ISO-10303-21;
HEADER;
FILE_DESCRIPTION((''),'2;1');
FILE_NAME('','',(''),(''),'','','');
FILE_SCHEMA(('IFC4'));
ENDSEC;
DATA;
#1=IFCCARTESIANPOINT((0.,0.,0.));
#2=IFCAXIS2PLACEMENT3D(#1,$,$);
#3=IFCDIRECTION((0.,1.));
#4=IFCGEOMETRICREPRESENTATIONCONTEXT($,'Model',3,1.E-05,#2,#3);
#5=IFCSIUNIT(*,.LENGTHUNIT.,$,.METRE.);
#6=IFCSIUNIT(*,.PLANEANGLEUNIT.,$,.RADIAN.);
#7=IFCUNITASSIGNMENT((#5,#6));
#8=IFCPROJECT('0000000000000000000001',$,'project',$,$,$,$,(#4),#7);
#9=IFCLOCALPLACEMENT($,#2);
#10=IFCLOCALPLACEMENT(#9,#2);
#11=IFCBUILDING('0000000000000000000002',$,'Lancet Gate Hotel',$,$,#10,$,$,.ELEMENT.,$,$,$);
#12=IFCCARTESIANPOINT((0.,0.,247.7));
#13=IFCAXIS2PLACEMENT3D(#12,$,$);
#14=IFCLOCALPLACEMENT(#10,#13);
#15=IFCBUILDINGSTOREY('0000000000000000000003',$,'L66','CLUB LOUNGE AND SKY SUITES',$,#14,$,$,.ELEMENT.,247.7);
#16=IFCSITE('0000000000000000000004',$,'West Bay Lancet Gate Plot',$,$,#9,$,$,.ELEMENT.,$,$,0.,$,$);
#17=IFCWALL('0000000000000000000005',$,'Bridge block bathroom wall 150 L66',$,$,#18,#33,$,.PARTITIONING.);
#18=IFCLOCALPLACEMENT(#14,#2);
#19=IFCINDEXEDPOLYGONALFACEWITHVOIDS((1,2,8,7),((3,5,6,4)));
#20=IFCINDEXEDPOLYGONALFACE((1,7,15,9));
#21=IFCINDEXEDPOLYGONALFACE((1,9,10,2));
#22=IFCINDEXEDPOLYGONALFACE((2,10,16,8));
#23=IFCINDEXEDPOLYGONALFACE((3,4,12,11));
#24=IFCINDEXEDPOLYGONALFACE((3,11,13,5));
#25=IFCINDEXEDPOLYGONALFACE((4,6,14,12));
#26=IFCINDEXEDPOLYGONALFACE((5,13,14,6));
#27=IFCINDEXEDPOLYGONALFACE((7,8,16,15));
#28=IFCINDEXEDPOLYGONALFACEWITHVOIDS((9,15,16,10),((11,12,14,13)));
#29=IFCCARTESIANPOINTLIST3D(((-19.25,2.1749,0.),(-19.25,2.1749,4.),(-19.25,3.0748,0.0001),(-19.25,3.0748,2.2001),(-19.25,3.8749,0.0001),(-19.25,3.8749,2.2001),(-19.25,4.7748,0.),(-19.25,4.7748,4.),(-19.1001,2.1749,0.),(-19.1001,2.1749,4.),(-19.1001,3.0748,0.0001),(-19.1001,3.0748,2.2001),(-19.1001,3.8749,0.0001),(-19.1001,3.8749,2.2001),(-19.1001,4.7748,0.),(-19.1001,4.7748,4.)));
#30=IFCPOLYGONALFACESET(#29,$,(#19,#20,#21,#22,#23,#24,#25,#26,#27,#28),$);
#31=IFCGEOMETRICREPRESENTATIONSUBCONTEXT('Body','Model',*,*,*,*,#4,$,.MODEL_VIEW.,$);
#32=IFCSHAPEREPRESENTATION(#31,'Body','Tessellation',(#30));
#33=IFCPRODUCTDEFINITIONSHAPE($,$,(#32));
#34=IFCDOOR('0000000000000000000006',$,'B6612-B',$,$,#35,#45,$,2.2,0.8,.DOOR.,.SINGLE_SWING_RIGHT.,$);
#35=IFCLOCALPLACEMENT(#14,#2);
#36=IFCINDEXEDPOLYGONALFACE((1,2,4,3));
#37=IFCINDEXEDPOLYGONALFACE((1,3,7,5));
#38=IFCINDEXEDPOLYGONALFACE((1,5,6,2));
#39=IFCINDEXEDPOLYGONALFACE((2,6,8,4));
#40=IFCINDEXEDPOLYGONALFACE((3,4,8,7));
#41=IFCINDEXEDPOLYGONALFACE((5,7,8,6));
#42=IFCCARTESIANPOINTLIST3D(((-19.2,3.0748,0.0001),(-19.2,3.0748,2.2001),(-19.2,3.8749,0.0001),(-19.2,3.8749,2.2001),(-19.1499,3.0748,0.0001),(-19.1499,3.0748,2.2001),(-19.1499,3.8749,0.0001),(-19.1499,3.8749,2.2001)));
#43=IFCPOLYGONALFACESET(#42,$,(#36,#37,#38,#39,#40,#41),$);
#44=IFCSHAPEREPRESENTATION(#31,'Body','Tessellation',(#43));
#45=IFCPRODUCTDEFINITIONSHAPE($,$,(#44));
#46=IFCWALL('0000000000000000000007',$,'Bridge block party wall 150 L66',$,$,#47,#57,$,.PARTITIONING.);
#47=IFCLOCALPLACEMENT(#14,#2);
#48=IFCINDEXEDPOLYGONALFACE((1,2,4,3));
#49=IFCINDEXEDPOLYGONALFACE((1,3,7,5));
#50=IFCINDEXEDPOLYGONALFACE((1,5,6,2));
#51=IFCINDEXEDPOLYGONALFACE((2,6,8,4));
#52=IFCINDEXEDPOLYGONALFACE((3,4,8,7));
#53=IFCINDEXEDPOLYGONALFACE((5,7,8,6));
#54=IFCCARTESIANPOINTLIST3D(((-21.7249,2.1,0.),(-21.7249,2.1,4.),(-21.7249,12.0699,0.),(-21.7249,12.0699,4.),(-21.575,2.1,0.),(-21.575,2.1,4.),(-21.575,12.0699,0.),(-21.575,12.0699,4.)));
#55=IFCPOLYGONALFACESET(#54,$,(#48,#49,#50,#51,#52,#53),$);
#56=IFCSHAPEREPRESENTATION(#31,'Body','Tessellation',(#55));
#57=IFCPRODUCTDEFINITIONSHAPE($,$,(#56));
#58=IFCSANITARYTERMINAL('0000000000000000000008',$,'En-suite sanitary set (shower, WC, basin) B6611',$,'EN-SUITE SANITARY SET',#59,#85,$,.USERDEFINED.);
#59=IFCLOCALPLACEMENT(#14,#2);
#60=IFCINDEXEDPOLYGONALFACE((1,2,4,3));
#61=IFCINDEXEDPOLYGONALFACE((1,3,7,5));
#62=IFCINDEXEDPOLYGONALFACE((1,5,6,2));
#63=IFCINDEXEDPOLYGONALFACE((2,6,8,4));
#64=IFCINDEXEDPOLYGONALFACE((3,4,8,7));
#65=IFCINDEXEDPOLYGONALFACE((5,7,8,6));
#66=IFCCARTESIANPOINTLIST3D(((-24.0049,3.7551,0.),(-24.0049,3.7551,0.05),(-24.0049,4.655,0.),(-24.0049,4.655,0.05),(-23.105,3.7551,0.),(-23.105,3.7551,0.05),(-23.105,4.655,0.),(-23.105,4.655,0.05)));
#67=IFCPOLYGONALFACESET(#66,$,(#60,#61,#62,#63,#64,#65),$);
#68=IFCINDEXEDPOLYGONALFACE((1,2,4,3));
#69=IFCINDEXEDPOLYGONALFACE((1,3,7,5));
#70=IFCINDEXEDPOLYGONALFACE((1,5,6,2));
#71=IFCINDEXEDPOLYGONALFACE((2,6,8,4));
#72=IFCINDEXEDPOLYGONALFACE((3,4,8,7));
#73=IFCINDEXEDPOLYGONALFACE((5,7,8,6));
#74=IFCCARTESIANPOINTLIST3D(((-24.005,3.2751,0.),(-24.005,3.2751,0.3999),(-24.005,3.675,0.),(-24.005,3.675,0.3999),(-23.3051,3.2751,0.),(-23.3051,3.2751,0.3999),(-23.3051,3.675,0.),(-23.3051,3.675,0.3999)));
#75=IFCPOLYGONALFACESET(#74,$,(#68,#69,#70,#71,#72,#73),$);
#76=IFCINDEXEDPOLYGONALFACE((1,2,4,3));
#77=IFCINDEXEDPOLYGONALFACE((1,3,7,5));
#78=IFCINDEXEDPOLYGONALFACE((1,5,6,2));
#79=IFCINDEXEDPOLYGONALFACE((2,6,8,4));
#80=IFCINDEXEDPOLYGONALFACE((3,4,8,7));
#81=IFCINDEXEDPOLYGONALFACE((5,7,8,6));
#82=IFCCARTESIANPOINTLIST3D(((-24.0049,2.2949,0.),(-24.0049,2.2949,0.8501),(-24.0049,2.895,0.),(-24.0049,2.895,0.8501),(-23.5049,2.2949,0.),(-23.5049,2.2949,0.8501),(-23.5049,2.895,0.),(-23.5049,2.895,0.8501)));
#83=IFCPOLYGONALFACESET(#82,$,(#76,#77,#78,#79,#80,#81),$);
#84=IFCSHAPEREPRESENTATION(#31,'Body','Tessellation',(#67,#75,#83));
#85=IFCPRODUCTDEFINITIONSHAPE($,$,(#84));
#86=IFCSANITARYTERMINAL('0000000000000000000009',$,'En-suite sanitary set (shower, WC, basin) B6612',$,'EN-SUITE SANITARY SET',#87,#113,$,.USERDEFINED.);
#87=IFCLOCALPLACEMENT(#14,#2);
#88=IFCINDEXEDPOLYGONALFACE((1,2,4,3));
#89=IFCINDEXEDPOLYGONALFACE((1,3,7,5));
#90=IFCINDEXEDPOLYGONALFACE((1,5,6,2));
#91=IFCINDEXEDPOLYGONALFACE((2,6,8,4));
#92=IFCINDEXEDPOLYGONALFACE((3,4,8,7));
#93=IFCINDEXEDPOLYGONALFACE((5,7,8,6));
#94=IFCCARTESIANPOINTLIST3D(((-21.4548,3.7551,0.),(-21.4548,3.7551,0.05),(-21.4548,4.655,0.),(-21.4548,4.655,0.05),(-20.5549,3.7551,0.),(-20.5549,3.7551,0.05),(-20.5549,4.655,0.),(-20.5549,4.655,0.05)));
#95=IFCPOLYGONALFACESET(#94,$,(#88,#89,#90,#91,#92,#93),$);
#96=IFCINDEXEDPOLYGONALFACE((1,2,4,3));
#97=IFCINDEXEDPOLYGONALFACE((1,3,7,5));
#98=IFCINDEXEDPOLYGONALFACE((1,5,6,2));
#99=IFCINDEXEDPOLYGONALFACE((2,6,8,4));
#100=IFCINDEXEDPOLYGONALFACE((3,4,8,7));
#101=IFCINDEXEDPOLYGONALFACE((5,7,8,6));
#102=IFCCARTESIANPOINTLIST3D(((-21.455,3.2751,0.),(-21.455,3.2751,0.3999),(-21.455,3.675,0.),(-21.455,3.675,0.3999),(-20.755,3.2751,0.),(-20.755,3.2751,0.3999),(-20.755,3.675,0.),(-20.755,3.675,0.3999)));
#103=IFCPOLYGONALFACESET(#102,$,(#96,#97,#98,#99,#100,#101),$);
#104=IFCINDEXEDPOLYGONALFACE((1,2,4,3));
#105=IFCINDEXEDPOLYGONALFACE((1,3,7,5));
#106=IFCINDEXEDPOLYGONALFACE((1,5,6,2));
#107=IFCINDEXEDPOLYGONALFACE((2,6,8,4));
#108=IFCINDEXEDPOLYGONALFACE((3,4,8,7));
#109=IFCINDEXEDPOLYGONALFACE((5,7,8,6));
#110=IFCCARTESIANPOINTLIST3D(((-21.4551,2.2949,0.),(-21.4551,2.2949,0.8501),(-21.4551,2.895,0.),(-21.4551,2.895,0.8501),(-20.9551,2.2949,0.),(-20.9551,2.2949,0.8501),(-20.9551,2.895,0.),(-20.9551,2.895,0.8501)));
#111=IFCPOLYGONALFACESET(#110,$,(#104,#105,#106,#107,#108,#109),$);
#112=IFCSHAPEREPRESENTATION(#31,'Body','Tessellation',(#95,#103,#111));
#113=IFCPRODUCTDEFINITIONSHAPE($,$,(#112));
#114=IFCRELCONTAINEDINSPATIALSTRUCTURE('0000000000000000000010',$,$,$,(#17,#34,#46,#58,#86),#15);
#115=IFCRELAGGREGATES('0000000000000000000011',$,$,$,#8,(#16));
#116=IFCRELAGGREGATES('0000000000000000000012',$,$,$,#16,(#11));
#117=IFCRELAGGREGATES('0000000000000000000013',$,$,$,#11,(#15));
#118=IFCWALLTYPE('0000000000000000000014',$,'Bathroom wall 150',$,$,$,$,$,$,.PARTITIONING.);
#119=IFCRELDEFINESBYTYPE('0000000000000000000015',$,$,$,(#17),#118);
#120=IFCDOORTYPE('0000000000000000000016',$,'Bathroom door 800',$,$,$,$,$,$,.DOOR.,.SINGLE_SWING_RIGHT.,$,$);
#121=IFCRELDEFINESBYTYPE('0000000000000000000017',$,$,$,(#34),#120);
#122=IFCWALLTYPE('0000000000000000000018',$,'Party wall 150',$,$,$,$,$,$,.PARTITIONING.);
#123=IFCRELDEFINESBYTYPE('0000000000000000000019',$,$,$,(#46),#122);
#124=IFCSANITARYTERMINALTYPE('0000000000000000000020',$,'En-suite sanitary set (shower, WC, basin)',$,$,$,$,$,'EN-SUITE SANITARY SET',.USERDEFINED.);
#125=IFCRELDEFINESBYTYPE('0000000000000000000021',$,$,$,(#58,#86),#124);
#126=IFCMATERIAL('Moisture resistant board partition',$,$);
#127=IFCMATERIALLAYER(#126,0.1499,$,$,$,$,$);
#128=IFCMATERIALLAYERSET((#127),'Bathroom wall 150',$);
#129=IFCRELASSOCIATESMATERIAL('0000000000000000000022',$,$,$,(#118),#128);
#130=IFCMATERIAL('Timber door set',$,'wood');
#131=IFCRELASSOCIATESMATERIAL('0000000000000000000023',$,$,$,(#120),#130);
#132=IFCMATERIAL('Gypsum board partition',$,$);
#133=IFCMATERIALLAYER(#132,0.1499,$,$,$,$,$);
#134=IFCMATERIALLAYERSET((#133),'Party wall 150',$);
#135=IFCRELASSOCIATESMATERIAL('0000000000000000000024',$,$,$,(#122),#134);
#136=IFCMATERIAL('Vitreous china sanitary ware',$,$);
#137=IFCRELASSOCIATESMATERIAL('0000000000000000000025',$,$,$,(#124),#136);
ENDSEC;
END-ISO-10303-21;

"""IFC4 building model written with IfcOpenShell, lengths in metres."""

from ifc_helpers import new_model, si_unit, direction, frame, frame_2d, origin, origin_2d, place, context, subcontext, project, spatial, rectangle, extrude, material, layer, layer_set, type_object, element, fill, save


model = new_model("IFC4")

# Units and contexts
model_context = context("Model", 3, precision=1e-05, world=origin(), true_north=direction((0.0, 1.0)))
body_context = subcontext(model_context, "Body", "Model", "MODEL_VIEW")
ifc_project = project(units=[si_unit("LENGTHUNIT", "METRE"), si_unit("PLANEANGLEUNIT", "RADIAN")], contexts=[model_context])

# Site, building, storey
site_placement = place(None, origin())
site = spatial("IfcSite", under=ifc_project, at=site_placement, Name="West Bay Lancet Gate Plot", CompositionType="ELEMENT", RefElevation=0.0)
building_placement = place(site_placement, origin())
building = spatial("IfcBuilding", under=site, at=building_placement, Name="Lancet Gate Hotel", CompositionType="ELEMENT")
storey_placement = place(building_placement, frame((0.0, 0.0, 247.7)))
storey = spatial("IfcBuildingStorey", under=building, at=storey_placement, Name="L66", Description="CLUB LOUNGE AND SKY SUITES", CompositionType="ELEMENT", Elevation=247.7)

# Shared definitions
ifc_material_1 = material(Name="Moisture resistant board partition")
ifc_layer_1 = layer(ifc_material_1, 0.1499)
ifc_layer_set_1 = layer_set([ifc_layer_1], Name="Bathroom wall 150")
wall_type_1 = type_object("IfcWallType", Name="Bathroom wall 150", PredefinedType="PARTITIONING", material=ifc_layer_set_1)

# Shared definitions
ifc_material_2 = material(Name="Timber door set", Category="wood")
door_type = type_object("IfcDoorType", Name="Bathroom door 800", OperationType="SINGLE_SWING_RIGHT", PredefinedType="DOOR", material=ifc_material_2)

# Wall, opening, door
wall_1_placement = place(storey_placement, frame((-19.175, 2.175, 0.0), z_axis=(0.0, 0.0, 1.0), x_axis=(0.0, 1.0, 0.0)))
wall_1 = element("IfcWall", 1, at=wall_1_placement, inside=storey, type_object=wall_type_1, Name="Bridge block bathroom wall 150 L66", PredefinedType="PARTITIONING", context=body_context, shape_type="SweptSolid", body=[
    extrude(rectangle(XDim=2.5999, YDim=0.1499, at=frame_2d((1.2998, 0.0))), origin(), (0.0, 0.0, 1.0), 4.0),
])
opening_1_placement = place(wall_1_placement, frame((0.8999, 0.0, 0.0)))
opening_1 = element("IfcOpeningElement", 2, at=opening_1_placement, cuts=wall_1, PredefinedType="OPENING", context=body_context, shape_type="SweptSolid", body=[
    extrude(rectangle(XDim=0.8, YDim=2.2, at=frame_2d((0.3999, 1.1001))), frame((0.0, 0.085, 0.0), z_axis=(0.0, -1.0, 0.0), x_axis=(1.0, 0.0, 0.0)), (0.0, 0.0, 1.0), 0.1699),
])
door_1_placement = place(opening_1_placement, origin())
door_1 = element("IfcDoor", 3, at=door_1_placement, inside=storey, type_object=door_type, Name="B6612-B", OperationType="SINGLE_SWING_RIGHT", OverallHeight=2.2, OverallWidth=0.8, PredefinedType="DOOR", context=body_context, shape_type="SweptSolid", body=[
    extrude(rectangle(XDim=0.8, YDim=2.2, at=frame_2d((0.3999, 1.1001))), frame((0.0, 0.0249, 0.0), z_axis=(0.0, -1.0, 0.0), x_axis=(1.0, 0.0, 0.0)), (0.0, 0.0, 1.0), 0.05),
])
fill(opening_1, door_1)

# Wall
ifc_material_3 = material(Name="Gypsum board partition")
ifc_layer_2 = layer(ifc_material_3, 0.1499)
ifc_layer_set_2 = layer_set([ifc_layer_2], Name="Party wall 150")
wall_type_2 = type_object("IfcWallType", Name="Party wall 150", PredefinedType="PARTITIONING", material=ifc_layer_set_2)
wall_2_placement = place(storey_placement, frame((-21.6499, 2.1001, 0.0), z_axis=(0.0, 0.0, 1.0), x_axis=(0.0, 1.0, 0.0)))
element("IfcWall", 4, at=wall_2_placement, inside=storey, type_object=wall_type_2, Name="Bridge block party wall 150 L66", PredefinedType="PARTITIONING", context=body_context, shape_type="SweptSolid", body=[
    extrude(rectangle(XDim=9.97, YDim=0.1499, at=frame_2d((4.9849, 0.0))), origin(), (0.0, 0.0, 1.0), 4.0),
])

# Sanitary terminals
ifc_material_4 = material(Name="Vitreous china sanitary ware")
sanitary_terminal_type = type_object("IfcSanitaryTerminalType", Name="En-suite sanitary set (shower, WC, basin)", ElementType="EN-SUITE SANITARY SET", PredefinedType="USERDEFINED", material=ifc_material_4)
sanitary_terminal_1_placement = place(storey_placement, frame((-23.5549, 4.2051, 0.0), z_axis=(0.0, 0.0, 1.0), x_axis=(1.0, 0.0, 0.0)))
element("IfcSanitaryTerminal", 5, at=sanitary_terminal_1_placement, inside=storey, type_object=sanitary_terminal_type, Name="En-suite sanitary set (shower, WC, basin) B6611", ObjectType="EN-SUITE SANITARY SET", PredefinedType="USERDEFINED", context=body_context, shape_type="SweptSolid", body=[
    extrude(rectangle(XDim=0.8999, YDim=0.8999, at=origin_2d()), frame((0.0, 0.0, 0.0), z_axis=(0.0, 0.0, 1.0), x_axis=(0.0, 1.0, 0.0)), (0.0, 0.0, 1.0), 0.05),
    extrude(rectangle(XDim=0.3999, YDim=0.7, at=origin_2d()), frame((-0.1001, -0.73, 0.0), z_axis=(0.0, 0.0, 1.0), x_axis=(0.0, 1.0, 0.0)), (0.0, 0.0, 1.0), 0.3999),
    extrude(rectangle(XDim=0.6001, YDim=0.5, at=origin_2d()), frame((-0.2, -1.6101, 0.0), z_axis=(0.0, 0.0, 1.0), x_axis=(0.0, 1.0, 0.0)), (0.0, 0.0, 1.0), 0.8501),
])
sanitary_terminal_2_placement = place(storey_placement, frame((-21.0049, 4.2051, 0.0), z_axis=(0.0, 0.0, 1.0), x_axis=(1.0, 0.0, 0.0)))
element("IfcSanitaryTerminal", 6, at=sanitary_terminal_2_placement, inside=storey, type_object=sanitary_terminal_type, Name="En-suite sanitary set (shower, WC, basin) B6612", ObjectType="EN-SUITE SANITARY SET", PredefinedType="USERDEFINED", context=body_context, shape_type="SweptSolid", body=[
    extrude(rectangle(XDim=0.8999, YDim=0.8999, at=origin_2d()), frame((0.0, 0.0, 0.0), z_axis=(0.0, 0.0, 1.0), x_axis=(0.0, 1.0, 0.0)), (0.0, 0.0, 1.0), 0.05),
    extrude(rectangle(XDim=0.3999, YDim=0.7, at=origin_2d()), frame((-0.1001, -0.73, 0.0), z_axis=(0.0, 0.0, 1.0), x_axis=(0.0, 1.0, 0.0)), (0.0, 0.0, 1.0), 0.3999),
    extrude(rectangle(XDim=0.6001, YDim=0.5, at=origin_2d()), frame((-0.2002, -1.6101, 0.0), z_axis=(0.0, 0.0, 1.0), x_axis=(0.0, 1.0, 0.0)), (0.0, 0.0, 1.0), 0.8501),
])

save(model, "model.ifc")
